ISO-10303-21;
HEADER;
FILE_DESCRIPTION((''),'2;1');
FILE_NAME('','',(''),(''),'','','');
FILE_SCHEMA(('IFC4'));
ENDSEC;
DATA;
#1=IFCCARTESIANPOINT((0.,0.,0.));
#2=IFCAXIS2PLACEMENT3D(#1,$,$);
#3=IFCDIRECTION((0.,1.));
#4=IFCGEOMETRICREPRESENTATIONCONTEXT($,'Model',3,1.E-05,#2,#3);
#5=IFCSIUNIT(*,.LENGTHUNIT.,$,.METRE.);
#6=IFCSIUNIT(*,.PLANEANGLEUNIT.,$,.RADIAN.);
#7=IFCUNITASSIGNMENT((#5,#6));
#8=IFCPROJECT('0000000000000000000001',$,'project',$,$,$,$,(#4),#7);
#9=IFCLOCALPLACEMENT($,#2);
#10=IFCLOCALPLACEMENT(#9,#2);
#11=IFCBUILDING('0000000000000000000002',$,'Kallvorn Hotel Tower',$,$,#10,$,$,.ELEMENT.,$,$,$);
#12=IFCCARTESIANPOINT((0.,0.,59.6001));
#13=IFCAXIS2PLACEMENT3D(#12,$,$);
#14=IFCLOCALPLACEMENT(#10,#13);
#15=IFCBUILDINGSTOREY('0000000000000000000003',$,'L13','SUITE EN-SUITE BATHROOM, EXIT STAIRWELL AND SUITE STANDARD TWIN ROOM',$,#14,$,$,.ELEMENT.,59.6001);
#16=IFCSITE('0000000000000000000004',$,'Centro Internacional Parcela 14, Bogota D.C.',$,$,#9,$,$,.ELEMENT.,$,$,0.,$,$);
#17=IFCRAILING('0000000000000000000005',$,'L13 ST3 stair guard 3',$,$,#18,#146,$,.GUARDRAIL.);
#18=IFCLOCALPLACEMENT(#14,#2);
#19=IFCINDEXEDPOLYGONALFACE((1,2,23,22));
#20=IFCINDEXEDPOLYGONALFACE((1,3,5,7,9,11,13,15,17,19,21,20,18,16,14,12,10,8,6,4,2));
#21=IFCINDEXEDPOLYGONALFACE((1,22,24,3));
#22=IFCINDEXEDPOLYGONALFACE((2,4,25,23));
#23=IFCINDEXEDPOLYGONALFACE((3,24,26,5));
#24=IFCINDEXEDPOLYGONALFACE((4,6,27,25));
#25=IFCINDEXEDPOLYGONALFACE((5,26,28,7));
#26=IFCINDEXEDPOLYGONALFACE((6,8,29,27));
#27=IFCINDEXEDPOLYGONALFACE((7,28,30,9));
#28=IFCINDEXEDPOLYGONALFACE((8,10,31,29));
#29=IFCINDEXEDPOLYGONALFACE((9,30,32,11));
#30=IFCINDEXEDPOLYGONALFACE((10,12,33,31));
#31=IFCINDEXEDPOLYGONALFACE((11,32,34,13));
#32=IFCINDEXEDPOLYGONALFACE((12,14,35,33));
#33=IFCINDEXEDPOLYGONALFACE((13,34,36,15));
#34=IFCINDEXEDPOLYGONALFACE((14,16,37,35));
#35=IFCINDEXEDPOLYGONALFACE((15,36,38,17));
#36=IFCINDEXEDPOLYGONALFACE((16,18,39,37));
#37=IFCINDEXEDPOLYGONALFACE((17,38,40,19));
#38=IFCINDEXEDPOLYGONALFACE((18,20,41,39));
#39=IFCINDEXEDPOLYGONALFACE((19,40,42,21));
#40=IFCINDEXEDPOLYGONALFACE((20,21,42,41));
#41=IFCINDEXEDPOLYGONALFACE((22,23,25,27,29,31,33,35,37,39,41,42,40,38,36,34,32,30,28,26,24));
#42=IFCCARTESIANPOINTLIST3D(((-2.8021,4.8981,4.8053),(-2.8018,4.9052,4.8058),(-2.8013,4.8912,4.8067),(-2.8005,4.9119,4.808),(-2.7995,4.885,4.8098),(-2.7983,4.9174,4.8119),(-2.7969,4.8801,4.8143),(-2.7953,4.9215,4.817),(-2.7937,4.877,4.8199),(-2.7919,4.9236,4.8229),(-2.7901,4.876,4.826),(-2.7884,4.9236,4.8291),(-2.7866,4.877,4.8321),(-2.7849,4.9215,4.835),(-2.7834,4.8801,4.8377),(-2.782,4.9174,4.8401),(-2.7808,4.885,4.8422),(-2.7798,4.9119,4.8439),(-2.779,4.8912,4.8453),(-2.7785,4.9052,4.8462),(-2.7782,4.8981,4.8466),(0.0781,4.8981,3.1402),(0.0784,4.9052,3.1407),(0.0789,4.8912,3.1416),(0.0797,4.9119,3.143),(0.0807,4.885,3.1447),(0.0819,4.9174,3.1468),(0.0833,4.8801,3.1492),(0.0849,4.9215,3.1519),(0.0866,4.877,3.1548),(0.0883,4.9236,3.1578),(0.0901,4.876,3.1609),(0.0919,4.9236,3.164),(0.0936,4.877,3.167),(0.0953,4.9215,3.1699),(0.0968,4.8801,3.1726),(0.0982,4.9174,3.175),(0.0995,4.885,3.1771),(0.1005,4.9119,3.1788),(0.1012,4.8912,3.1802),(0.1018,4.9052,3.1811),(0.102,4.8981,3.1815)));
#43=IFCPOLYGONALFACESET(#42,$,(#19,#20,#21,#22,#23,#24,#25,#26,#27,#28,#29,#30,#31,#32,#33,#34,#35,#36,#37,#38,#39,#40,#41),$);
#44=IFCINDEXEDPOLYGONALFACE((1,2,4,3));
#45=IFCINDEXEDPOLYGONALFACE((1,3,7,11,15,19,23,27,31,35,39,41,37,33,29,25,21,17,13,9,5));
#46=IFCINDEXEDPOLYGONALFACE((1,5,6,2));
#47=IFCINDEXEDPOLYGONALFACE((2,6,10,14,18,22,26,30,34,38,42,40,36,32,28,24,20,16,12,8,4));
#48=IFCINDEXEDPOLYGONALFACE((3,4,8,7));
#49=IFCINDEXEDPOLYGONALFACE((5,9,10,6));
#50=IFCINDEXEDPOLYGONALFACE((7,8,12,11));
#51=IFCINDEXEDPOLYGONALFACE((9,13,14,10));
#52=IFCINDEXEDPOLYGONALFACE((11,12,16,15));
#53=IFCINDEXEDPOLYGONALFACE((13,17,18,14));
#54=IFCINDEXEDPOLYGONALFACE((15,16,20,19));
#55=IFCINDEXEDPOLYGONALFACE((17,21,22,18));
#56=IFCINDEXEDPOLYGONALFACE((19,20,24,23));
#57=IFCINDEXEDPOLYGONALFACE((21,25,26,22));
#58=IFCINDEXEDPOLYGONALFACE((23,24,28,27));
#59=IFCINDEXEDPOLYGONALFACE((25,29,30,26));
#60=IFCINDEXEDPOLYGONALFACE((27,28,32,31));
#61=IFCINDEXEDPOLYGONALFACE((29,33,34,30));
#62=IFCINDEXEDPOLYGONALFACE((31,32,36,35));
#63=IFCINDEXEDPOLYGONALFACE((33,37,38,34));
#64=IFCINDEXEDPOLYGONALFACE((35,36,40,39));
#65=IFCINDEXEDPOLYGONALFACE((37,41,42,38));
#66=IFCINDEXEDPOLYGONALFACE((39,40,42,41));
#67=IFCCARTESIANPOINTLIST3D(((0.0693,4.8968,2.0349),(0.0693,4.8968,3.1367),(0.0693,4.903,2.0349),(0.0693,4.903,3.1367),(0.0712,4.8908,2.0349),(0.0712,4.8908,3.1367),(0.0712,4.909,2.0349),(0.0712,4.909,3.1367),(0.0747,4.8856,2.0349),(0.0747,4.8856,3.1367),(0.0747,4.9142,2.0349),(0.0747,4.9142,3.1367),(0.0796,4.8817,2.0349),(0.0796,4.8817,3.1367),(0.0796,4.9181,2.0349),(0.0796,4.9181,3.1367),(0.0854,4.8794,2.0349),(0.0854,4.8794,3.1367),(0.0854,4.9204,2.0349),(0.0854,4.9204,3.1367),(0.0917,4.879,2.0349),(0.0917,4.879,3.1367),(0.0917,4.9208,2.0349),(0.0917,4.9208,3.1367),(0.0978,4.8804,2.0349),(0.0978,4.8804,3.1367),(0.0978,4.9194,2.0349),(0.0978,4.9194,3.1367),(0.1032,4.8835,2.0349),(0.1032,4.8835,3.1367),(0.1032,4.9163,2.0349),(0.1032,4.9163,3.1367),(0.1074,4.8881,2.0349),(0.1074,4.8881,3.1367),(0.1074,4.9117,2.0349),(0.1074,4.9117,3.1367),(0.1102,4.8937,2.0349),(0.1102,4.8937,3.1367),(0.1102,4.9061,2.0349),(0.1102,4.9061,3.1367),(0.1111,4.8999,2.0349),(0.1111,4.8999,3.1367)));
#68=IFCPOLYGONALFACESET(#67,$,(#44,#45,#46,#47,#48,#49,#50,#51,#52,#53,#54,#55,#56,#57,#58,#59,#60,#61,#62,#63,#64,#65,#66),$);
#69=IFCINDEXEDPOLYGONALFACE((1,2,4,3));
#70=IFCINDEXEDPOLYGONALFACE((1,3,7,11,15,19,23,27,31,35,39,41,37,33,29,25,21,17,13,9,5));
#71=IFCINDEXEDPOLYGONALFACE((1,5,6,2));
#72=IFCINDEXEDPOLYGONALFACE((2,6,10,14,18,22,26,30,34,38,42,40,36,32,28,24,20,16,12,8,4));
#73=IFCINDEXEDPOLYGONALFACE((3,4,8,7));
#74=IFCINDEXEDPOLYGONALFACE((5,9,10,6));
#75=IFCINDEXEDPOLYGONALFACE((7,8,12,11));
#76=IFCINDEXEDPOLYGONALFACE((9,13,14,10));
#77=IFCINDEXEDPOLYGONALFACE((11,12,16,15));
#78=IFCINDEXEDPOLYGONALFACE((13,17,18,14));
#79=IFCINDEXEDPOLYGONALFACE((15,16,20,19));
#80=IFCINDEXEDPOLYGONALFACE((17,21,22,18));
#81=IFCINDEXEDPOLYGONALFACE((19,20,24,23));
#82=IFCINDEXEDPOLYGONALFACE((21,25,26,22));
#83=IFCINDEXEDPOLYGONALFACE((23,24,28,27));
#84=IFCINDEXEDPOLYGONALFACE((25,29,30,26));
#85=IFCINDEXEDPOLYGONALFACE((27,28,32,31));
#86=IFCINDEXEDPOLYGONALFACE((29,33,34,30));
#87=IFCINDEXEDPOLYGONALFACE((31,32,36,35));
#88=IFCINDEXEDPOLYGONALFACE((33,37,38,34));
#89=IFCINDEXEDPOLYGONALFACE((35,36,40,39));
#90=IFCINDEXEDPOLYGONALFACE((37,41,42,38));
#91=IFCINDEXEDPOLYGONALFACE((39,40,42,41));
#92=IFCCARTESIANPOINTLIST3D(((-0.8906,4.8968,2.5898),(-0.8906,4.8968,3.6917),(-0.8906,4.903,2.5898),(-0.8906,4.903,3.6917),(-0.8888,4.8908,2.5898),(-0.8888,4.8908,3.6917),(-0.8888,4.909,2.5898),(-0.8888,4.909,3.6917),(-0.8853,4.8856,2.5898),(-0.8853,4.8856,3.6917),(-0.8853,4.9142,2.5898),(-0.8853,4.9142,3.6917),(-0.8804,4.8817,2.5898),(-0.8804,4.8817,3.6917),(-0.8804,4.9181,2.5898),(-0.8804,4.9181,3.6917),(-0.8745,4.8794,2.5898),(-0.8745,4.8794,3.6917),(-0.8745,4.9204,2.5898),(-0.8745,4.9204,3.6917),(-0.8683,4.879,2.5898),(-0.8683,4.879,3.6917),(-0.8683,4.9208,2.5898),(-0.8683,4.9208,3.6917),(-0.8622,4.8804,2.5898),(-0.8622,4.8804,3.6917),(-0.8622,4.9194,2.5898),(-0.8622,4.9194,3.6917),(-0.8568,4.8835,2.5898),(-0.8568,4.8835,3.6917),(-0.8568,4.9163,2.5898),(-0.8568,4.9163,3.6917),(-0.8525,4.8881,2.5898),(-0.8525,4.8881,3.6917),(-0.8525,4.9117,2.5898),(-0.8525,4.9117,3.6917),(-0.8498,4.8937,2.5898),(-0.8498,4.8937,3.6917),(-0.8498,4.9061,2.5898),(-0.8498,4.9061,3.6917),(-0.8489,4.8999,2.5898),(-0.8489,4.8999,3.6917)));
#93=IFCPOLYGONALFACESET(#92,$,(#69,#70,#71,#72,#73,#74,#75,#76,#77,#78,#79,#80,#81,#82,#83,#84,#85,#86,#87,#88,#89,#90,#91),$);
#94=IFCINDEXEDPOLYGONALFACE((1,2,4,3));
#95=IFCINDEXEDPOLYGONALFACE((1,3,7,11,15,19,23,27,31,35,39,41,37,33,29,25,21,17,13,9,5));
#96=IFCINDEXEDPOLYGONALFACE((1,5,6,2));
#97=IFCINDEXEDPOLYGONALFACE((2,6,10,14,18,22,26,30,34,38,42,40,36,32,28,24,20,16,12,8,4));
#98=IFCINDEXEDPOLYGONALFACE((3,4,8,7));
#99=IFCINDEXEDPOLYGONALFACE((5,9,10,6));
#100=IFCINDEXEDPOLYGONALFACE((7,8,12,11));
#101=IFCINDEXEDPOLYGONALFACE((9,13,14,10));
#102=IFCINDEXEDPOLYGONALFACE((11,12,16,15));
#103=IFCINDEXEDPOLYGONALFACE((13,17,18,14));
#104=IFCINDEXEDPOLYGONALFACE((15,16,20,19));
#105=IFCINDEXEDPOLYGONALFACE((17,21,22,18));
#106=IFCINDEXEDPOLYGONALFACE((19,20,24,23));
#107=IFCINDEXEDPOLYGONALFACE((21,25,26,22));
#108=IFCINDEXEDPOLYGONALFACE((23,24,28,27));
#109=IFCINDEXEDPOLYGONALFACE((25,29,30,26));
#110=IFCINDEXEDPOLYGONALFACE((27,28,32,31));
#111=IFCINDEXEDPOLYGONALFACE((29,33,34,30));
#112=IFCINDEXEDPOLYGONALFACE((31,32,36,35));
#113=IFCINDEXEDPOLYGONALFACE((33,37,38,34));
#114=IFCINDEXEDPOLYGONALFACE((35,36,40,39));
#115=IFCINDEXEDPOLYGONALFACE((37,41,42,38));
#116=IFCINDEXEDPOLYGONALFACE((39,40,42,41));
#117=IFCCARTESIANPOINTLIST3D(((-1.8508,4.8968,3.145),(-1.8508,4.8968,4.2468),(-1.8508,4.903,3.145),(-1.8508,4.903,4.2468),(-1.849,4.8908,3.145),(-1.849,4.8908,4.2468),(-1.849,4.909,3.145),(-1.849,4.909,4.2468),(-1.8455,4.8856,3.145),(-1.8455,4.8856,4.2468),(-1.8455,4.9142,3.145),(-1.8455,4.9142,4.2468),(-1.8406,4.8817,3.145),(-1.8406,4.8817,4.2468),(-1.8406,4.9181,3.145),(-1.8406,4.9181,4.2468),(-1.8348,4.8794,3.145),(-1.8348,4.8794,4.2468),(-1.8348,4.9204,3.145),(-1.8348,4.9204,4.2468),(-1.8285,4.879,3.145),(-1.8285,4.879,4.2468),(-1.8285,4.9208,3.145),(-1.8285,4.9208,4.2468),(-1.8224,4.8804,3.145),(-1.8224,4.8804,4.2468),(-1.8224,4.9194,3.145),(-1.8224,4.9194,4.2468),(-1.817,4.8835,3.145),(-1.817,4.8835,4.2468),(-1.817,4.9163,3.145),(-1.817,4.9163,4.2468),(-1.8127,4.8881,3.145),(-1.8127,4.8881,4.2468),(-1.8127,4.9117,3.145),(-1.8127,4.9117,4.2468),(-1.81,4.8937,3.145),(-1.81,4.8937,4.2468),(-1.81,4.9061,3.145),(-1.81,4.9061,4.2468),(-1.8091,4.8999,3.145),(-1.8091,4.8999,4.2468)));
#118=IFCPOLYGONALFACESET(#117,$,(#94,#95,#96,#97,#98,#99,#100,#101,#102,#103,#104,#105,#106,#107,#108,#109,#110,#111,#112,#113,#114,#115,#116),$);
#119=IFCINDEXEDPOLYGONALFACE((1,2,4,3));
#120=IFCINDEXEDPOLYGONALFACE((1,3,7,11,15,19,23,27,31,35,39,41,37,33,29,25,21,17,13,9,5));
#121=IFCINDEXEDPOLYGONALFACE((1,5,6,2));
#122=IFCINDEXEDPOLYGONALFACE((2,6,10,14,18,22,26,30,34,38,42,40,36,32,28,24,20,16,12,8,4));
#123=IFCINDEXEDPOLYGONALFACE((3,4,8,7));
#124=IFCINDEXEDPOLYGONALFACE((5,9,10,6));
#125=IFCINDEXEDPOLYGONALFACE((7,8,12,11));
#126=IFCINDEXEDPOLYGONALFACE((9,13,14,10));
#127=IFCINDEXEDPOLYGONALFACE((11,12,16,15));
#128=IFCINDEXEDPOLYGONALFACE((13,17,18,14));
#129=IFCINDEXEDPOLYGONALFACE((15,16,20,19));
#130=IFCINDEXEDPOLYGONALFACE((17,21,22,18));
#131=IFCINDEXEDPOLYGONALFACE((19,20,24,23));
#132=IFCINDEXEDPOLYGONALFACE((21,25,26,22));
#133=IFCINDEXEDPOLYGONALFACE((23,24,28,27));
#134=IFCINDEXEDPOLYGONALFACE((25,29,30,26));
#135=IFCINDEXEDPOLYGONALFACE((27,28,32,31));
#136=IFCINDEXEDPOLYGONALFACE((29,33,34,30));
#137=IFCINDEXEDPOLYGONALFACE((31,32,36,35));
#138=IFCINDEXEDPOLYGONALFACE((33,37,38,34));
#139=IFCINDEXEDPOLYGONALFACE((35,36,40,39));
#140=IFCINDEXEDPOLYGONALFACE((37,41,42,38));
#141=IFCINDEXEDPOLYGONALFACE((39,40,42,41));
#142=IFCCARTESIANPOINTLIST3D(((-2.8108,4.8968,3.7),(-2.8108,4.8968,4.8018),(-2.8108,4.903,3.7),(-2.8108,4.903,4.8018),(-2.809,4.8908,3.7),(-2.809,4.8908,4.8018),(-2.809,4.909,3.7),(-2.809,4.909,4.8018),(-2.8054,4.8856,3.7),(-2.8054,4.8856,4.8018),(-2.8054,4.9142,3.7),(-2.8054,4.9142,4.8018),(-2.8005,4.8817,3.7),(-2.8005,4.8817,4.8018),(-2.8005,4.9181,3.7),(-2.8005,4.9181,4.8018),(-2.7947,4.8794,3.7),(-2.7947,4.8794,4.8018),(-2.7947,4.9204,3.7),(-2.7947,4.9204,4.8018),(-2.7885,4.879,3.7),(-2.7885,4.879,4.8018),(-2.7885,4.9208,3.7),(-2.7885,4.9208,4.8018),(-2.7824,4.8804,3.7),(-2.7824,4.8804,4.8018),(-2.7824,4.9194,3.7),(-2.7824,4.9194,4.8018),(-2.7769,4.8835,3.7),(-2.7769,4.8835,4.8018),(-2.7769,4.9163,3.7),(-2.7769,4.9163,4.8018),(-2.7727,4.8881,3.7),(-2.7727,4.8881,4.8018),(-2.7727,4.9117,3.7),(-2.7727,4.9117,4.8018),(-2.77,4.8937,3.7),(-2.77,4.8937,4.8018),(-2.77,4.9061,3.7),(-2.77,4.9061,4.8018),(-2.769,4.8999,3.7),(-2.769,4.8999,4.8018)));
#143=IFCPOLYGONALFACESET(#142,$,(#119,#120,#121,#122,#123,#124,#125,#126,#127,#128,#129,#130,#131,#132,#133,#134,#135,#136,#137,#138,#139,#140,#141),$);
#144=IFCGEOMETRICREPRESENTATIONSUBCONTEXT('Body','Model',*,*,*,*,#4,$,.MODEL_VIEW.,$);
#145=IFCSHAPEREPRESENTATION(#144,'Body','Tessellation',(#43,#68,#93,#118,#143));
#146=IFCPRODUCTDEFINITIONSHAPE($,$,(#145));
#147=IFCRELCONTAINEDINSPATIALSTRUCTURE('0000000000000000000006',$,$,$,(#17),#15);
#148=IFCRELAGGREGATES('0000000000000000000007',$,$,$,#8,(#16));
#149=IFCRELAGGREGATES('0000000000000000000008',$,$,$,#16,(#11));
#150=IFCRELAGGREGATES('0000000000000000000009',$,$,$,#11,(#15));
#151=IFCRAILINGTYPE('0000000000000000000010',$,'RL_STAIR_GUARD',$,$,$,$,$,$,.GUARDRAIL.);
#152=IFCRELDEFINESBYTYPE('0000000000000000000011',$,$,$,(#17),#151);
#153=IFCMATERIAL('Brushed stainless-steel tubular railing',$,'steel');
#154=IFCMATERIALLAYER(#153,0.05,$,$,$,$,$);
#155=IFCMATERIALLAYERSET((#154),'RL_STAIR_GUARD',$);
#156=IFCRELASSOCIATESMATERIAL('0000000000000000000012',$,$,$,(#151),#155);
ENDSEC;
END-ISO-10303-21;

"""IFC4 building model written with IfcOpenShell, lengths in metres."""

from ifc_helpers import new_model, si_unit, direction, frame, origin, origin_2d, place, context, subcontext, project, spatial, circle, extrude, material, layer, layer_set, type_object, element, save


model = new_model("IFC4")

# Units and contexts
model_context = context("Model", 3, precision=1e-05, world=origin(), true_north=direction((0.0, 1.0)))
body_context = subcontext(model_context, "Body", "Model", "MODEL_VIEW")
ifc_project = project(units=[si_unit("LENGTHUNIT", "METRE"), si_unit("PLANEANGLEUNIT", "RADIAN")], contexts=[model_context])

# Site, building, storey
site_placement = place(None, origin())
site = spatial("IfcSite", under=ifc_project, at=site_placement, Name="Centro Internacional Parcela 14, Bogota D.C.", CompositionType="ELEMENT", RefElevation=0.0)
building_placement = place(site_placement, origin())
building = spatial("IfcBuilding", under=site, at=building_placement, Name="Kallvorn Hotel Tower", CompositionType="ELEMENT")
storey_placement = place(building_placement, frame((0.0, 0.0, 59.6001)))
storey = spatial("IfcBuildingStorey", under=building, at=storey_placement, Name="L13", Description="SUITE EN-SUITE BATHROOM, EXIT STAIRWELL AND SUITE STANDARD TWIN ROOM", CompositionType="ELEMENT", Elevation=59.6001)

# Railing
ifc_material_1 = material(Name="Brushed stainless-steel tubular railing", Category="steel")
ifc_layer_1 = layer(ifc_material_1, 0.05)
ifc_layer_set_1 = layer_set([ifc_layer_1], Name="RL_STAIR_GUARD")
railing_type_1 = type_object("IfcRailingType", Name="RL_STAIR_GUARD", PredefinedType="GUARDRAIL", material=ifc_layer_set_1)
railing_1_placement = place(storey_placement, frame((0.0901, 4.8999, 2.0349)))
element("IfcRailing", 1, at=railing_1_placement, inside=storey, type_object=railing_type_1, Name="L13 ST3 stair guard 3", PredefinedType="GUARDRAIL", context=body_context, shape_type="SweptSolid", body=[
    extrude(circle(Radius=0.0239, at=origin_2d()), frame((0.0, 0.0, 1.126), z_axis=(-0.865739, 0.0, 0.500495), x_axis=(0.0, -1.0, 0.0)), (0.0, 0.0, 1.0), 3.3269),
    extrude(circle(Radius=0.021, at=origin_2d()), origin(), (0.0, 0.0, 1.0), 1.1018),
    extrude(circle(Radius=0.021, at=origin_2d()), frame((-0.96, 0.0, 0.5549)), (0.0, 0.0, 1.0), 1.1018),
    extrude(circle(Radius=0.021, at=origin_2d()), frame((-1.9202, 0.0, 1.1101)), (0.0, 0.0, 1.0), 1.1018),
    extrude(circle(Radius=0.021, at=origin_2d()), frame((-2.8801, 0.0, 1.665)), (0.0, 0.0, 1.0), 1.1018),
])

save(model, "model.ifc")
